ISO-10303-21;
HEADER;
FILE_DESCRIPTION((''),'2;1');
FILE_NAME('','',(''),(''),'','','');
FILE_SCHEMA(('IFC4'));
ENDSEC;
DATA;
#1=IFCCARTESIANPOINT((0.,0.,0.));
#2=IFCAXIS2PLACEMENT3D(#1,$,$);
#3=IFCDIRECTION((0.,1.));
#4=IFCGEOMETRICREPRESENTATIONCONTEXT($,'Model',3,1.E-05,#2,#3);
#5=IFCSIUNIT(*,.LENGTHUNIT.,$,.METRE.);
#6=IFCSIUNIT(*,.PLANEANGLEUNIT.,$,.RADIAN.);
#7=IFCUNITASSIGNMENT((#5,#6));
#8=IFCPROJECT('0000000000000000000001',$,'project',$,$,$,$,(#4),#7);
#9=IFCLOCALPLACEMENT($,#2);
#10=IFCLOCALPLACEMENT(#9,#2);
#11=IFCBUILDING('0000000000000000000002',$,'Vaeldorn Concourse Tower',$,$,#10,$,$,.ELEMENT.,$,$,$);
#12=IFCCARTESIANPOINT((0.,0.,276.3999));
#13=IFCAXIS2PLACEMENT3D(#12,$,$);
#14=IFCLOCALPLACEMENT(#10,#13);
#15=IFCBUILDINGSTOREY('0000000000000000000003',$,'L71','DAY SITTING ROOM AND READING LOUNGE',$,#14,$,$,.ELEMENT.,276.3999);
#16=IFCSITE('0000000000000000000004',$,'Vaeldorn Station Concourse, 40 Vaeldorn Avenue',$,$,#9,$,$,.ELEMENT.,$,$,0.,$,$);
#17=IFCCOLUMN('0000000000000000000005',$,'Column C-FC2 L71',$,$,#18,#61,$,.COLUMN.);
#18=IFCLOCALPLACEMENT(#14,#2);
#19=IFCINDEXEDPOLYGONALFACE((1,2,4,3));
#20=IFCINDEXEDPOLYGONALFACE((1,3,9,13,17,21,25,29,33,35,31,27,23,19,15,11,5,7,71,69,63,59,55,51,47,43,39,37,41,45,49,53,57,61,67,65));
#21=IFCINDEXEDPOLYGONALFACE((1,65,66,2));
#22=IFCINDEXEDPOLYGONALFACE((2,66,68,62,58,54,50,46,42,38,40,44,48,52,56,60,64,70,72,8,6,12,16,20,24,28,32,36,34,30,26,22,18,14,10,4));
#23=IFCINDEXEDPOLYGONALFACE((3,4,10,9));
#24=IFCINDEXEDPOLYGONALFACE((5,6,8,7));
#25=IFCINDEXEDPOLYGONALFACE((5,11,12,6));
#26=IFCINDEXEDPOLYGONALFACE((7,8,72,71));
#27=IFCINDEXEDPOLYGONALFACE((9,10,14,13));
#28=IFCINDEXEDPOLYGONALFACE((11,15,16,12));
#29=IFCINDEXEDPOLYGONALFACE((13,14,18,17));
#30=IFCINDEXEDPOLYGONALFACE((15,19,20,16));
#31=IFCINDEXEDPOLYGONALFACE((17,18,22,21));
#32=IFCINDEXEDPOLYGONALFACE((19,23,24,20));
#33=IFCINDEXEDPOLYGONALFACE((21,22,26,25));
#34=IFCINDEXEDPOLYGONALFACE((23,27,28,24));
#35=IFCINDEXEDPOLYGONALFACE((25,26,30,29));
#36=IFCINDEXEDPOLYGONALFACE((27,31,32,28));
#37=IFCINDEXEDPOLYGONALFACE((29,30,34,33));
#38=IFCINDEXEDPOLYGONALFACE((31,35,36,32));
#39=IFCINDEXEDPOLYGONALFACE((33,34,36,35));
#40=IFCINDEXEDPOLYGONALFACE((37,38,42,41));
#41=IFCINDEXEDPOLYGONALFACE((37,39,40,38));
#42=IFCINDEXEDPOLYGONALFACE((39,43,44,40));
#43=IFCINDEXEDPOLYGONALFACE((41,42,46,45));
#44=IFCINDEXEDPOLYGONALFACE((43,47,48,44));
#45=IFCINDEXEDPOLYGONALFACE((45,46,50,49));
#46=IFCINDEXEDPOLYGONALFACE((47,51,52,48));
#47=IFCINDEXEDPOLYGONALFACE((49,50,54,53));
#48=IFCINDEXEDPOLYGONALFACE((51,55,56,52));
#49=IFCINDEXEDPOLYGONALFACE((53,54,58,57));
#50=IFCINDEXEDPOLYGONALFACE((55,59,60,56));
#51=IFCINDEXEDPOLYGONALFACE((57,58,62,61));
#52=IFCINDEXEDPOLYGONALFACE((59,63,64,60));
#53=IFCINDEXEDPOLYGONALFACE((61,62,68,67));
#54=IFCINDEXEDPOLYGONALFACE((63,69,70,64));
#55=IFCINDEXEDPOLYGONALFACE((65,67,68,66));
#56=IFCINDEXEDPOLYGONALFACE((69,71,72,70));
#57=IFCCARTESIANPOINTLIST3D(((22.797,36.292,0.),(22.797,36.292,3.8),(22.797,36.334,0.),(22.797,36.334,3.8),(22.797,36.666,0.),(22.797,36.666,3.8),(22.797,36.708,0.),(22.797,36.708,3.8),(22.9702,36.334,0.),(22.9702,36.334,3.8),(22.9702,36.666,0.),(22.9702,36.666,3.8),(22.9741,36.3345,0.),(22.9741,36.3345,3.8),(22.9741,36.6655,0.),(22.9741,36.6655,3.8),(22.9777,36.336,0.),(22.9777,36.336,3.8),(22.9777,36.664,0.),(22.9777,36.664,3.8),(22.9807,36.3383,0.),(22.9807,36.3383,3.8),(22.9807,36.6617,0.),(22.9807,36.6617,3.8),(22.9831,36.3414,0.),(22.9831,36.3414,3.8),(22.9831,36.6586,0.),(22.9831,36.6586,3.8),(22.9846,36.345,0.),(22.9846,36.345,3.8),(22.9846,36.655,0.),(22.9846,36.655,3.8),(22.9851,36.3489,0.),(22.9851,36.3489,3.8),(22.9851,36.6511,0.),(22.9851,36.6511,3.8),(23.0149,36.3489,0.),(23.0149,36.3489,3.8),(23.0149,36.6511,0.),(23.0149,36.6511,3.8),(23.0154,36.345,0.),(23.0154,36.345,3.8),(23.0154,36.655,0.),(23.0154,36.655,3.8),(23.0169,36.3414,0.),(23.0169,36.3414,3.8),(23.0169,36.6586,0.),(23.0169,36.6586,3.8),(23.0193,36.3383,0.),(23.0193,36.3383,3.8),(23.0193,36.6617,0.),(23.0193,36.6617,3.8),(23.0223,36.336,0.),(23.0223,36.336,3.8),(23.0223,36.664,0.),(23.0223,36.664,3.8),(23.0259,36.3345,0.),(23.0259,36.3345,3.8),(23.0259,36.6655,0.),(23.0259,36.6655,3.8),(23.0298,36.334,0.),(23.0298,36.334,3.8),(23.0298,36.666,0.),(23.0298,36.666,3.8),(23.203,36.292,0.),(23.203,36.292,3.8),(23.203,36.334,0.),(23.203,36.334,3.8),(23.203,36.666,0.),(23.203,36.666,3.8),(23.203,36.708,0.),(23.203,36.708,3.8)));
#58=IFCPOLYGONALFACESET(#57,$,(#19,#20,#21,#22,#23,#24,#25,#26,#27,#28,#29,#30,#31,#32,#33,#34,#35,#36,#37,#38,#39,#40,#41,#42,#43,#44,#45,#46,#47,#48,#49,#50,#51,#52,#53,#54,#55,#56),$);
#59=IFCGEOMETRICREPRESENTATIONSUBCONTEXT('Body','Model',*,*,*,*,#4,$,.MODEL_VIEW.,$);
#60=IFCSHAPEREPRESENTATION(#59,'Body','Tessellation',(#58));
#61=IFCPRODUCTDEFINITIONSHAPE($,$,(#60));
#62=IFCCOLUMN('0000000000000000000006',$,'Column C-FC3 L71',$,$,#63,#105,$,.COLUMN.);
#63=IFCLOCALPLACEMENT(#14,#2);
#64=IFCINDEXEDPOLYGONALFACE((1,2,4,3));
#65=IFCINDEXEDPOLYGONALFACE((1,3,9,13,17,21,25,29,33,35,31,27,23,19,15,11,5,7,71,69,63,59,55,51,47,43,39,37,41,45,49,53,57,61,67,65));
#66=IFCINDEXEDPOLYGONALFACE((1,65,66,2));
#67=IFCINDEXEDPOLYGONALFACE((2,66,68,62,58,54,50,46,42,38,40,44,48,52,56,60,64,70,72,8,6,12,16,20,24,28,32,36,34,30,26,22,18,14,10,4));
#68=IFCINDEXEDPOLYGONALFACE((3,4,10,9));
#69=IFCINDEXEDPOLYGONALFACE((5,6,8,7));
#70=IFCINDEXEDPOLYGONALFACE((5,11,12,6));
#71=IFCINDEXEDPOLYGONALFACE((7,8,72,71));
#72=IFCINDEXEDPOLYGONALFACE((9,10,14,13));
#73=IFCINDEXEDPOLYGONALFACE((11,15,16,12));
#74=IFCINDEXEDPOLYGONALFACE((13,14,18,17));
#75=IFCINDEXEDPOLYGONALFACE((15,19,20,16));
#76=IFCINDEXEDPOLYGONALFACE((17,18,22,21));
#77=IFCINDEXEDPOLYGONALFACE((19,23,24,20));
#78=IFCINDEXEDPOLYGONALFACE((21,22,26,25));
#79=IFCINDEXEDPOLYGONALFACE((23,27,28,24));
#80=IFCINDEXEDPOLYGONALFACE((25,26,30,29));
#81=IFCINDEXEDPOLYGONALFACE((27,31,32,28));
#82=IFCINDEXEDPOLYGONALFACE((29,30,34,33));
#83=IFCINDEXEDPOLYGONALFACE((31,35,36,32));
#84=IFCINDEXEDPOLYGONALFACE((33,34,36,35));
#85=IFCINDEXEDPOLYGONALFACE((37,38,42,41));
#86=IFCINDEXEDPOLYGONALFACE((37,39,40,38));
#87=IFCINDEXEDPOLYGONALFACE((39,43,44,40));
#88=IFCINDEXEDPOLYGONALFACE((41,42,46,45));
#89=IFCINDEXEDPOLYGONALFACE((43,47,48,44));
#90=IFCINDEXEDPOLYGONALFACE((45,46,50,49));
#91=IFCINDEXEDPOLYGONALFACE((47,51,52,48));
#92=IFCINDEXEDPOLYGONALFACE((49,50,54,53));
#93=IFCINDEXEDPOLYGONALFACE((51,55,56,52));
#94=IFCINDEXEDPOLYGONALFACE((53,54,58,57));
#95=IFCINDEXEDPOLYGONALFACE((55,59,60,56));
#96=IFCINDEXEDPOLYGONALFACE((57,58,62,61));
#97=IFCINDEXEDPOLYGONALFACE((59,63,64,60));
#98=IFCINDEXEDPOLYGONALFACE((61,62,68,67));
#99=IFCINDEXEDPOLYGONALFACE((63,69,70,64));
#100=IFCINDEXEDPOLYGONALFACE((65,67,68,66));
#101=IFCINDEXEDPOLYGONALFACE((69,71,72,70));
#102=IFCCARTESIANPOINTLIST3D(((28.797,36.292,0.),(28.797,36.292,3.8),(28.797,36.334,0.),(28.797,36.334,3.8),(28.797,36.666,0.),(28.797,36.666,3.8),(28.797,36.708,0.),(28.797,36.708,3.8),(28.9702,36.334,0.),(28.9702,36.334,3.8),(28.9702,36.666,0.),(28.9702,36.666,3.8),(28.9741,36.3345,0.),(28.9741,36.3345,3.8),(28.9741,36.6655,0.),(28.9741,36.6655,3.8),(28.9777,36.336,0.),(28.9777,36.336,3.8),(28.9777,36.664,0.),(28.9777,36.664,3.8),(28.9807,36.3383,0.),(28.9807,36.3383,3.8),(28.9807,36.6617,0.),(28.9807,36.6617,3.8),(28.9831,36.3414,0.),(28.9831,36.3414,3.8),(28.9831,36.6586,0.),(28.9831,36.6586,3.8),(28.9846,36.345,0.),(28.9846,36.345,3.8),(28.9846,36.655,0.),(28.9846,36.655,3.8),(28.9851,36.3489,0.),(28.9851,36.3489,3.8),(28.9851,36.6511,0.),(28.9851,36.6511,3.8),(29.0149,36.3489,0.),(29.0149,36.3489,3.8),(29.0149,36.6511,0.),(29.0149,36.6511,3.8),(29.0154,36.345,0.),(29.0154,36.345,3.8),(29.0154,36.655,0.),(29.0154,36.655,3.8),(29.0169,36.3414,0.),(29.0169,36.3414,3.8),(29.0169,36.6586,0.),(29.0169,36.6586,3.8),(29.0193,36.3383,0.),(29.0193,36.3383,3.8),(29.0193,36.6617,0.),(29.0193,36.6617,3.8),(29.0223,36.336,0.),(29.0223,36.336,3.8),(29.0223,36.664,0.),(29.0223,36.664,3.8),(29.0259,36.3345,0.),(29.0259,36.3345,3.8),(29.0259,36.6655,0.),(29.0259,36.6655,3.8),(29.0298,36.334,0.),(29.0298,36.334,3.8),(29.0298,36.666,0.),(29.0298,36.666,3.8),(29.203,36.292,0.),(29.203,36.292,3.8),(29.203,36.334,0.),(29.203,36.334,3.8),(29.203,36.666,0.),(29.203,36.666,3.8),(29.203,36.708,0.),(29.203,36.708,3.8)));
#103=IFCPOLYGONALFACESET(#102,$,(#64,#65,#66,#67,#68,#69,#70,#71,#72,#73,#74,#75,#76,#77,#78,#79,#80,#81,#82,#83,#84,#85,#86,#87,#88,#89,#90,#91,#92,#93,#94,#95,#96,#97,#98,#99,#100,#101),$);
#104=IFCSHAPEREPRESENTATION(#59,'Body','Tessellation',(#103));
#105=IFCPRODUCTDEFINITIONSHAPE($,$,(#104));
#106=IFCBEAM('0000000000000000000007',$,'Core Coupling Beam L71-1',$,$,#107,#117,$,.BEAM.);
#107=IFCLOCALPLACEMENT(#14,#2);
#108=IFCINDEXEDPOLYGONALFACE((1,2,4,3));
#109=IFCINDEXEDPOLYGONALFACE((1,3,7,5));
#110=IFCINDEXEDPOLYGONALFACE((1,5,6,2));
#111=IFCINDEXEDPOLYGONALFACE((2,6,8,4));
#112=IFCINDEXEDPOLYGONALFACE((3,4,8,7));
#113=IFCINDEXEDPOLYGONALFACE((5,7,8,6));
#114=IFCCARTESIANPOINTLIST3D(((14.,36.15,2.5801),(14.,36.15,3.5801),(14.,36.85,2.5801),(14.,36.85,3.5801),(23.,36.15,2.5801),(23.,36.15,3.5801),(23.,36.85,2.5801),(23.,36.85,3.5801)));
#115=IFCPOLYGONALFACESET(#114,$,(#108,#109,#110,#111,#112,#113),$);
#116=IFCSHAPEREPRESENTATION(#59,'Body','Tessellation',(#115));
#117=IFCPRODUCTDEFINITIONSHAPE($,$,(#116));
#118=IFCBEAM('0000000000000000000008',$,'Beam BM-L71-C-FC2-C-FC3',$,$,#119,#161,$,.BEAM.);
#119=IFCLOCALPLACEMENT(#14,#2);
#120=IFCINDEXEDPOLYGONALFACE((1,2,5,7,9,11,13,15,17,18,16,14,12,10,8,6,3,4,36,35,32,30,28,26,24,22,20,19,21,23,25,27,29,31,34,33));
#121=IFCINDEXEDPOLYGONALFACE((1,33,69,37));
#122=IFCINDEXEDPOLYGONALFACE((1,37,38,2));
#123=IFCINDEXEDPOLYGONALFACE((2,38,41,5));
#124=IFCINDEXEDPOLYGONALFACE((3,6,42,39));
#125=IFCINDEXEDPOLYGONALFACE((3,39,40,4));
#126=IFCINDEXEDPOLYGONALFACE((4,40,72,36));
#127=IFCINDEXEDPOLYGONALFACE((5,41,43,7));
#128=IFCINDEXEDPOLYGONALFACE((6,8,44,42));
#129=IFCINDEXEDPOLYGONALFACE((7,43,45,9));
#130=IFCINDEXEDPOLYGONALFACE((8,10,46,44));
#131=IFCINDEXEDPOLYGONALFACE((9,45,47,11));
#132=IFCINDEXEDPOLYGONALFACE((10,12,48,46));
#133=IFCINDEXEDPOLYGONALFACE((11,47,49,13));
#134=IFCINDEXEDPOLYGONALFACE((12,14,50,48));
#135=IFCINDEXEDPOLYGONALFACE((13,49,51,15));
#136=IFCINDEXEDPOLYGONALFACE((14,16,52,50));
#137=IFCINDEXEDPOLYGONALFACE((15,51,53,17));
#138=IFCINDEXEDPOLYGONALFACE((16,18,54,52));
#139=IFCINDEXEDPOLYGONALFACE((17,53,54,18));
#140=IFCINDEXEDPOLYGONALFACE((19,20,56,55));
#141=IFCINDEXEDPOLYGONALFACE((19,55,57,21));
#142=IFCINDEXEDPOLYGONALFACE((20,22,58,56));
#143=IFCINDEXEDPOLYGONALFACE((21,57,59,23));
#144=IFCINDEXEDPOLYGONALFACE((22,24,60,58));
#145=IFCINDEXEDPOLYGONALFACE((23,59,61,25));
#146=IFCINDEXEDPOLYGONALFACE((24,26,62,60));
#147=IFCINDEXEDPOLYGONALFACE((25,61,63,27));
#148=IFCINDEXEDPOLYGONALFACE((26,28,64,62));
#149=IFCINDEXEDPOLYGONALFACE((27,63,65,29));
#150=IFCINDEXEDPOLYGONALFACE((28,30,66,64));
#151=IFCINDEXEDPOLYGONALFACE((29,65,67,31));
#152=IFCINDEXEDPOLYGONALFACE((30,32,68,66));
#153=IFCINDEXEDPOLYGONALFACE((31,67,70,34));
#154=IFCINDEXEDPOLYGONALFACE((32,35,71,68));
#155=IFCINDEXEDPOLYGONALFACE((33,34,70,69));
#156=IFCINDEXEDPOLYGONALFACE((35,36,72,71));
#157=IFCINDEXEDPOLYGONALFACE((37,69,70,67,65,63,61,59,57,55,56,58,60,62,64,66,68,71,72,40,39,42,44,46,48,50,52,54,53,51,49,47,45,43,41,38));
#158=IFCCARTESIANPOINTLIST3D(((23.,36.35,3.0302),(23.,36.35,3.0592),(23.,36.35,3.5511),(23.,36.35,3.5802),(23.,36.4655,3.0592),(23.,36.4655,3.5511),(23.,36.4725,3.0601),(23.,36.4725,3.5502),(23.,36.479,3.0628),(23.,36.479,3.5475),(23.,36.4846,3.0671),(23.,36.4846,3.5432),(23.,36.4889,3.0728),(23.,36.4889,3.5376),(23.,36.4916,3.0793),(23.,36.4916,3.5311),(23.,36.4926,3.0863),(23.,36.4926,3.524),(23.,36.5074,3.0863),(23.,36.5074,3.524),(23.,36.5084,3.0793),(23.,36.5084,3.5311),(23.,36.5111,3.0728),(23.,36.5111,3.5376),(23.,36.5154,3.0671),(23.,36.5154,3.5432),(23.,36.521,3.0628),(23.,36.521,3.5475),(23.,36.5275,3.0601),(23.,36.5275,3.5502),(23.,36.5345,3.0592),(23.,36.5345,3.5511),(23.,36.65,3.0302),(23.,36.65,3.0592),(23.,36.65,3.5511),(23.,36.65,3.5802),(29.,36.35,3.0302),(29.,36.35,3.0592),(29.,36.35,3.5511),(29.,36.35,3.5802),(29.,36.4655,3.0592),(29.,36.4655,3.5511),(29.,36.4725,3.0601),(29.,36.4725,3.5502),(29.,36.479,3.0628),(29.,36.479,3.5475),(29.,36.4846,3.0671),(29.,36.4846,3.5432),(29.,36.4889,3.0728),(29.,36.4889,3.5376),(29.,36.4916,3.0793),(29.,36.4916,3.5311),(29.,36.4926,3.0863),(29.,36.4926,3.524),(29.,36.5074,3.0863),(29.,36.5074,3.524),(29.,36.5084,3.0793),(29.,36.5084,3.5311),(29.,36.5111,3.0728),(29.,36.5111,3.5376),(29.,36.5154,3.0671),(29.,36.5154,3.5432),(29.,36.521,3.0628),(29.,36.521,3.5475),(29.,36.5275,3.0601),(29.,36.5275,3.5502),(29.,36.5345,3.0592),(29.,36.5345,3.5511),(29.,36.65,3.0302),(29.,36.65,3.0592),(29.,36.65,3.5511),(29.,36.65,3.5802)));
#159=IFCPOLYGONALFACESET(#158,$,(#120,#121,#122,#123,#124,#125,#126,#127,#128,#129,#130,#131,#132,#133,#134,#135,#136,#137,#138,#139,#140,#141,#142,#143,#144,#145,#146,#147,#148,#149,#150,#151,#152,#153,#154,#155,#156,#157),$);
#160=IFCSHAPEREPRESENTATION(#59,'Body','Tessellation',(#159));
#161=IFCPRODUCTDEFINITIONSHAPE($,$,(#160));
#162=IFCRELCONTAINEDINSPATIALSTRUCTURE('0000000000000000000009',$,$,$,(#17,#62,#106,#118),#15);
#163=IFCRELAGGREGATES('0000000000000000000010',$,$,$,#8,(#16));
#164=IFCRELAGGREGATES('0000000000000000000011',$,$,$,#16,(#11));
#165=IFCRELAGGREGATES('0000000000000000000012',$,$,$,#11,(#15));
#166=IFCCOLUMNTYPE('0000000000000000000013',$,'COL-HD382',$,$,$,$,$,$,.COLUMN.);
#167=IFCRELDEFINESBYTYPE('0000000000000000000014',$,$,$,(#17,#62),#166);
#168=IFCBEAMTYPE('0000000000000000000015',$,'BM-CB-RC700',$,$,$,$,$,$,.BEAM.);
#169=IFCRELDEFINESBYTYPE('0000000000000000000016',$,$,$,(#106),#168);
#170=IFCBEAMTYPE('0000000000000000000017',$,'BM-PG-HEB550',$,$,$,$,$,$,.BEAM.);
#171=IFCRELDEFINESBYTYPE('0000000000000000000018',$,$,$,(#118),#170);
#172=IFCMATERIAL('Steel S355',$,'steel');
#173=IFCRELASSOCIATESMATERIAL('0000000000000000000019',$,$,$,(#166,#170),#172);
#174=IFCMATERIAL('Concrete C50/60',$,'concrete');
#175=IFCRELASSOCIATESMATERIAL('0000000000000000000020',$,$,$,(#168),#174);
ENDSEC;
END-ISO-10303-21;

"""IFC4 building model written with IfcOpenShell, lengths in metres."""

from ifc_helpers import new_model, si_unit, direction, frame, origin, origin_2d, place, context, subcontext, project, spatial, rectangle, i_section, extrude, source, transform, mapped, material, material_profile, profile_set, type_object, element, save


model = new_model("IFC4")

# Units and contexts
model_context = context("Model", 3, precision=1e-05, world=origin(), true_north=direction((0.0, 1.0)))
body_context = subcontext(model_context, "Body", "Model", "MODEL_VIEW")
ifc_project = project(units=[si_unit("LENGTHUNIT", "METRE"), si_unit("PLANEANGLEUNIT", "RADIAN")], contexts=[model_context])

# Site, building, storey
site_placement = place(None, origin())
site = spatial("IfcSite", under=ifc_project, at=site_placement, Name="Vaeldorn Station Concourse, 40 Vaeldorn Avenue", CompositionType="ELEMENT", RefElevation=0.0)
building_placement = place(site_placement, origin())
building = spatial("IfcBuilding", under=site, at=building_placement, Name="Vaeldorn Concourse Tower", CompositionType="ELEMENT")
storey_placement = place(building_placement, frame((0.0, 0.0, 276.3999)))
storey = spatial("IfcBuildingStorey", under=building, at=storey_placement, Name="L71", Description="DAY SITTING ROOM AND READING LOUNGE", CompositionType="ELEMENT", Elevation=276.3999)

# Columns
ifc_material_1 = material(Name="Steel S355", Category="steel")
ifc_material_profile_1 = material_profile(ifc_material_1, i_section(OverallWidth=0.406, OverallDepth=0.416, WebThickness=0.0298, FlangeThickness=0.042, FilletRadius=0.0149, at=origin_2d()), Name="HD 400x382")
ifc_profile_set_1 = profile_set([ifc_material_profile_1], Name="Steel S355")
column_type = type_object("IfcColumnType", Name="COL-HD382", PredefinedType="COLUMN", material=ifc_profile_set_1)
shared_shape_1 = source(origin(), body_context, "Body", "SweptSolid", [
    extrude(i_section(OverallWidth=0.406, OverallDepth=0.416, WebThickness=0.0298, FlangeThickness=0.042, FilletRadius=0.0149, at=origin_2d()), origin(), (0.0, 0.0, 1.0), 3.8),
])
for number, where, z_axis, x_axis, name in (
    (1, (23.0, 36.5, 0.0), (0.0, 0.0, 1.0), (1.0, 0.0, 0.0), "Column C-FC2 L71"),
    (2, (29.0, 36.5, 0.0), (0.0, 0.0, 1.0), (1.0, 0.0, 0.0), "Column C-FC3 L71"),
):
    element("IfcColumn", number, at=place(storey_placement, frame(where, z_axis=z_axis, x_axis=x_axis)), inside=storey, type_object=column_type, Name=name, PredefinedType="COLUMN", context=body_context, shape_type="MappedRepresentation", body=[
        mapped(shared_shape_1, transform((0.0, 0.0, 0.0), scale=1.0)),
    ])

# Beams
ifc_material_2 = material(Name="Concrete C50/60", Category="concrete")
ifc_material_profile_2 = material_profile(ifc_material_2, rectangle(XDim=0.7, YDim=1.0, at=origin_2d()), Name="RC 700x1000")
ifc_profile_set_2 = profile_set([ifc_material_profile_2], Name="Concrete C50/60")
beam_type_1 = type_object("IfcBeamType", Name="BM-CB-RC700", PredefinedType="BEAM", material=ifc_profile_set_2)
shared_shape_2 = source(origin(), body_context, "Body", "SweptSolid", [
    extrude(rectangle(XDim=0.7, YDim=1.0, at=origin_2d()), origin(), (0.0, 0.0, 1.0), 9.0),
])
beam_1_placement = place(storey_placement, frame((14.0, 36.5, 3.0801), z_axis=(1.0, 0.0, 0.0), x_axis=(0.0, 1.0, 0.0)))
element("IfcBeam", 3, at=beam_1_placement, inside=storey, type_object=beam_type_1, Name="Core Coupling Beam L71-1", PredefinedType="BEAM", context=body_context, shape_type="MappedRepresentation", body=[
    mapped(shared_shape_2, transform((0.0, 0.0, 0.0), scale=1.0)),
])
ifc_material_profile_3 = material_profile(ifc_material_1, i_section(OverallWidth=0.3, OverallDepth=0.55, WebThickness=0.0149, FlangeThickness=0.0291, FilletRadius=0.0271, at=origin_2d()), Name="HEB 550")
ifc_profile_set_3 = profile_set([ifc_material_profile_3], Name="Steel S355")
beam_type_2 = type_object("IfcBeamType", Name="BM-PG-HEB550", PredefinedType="BEAM", material=ifc_profile_set_3)
shared_shape_3 = source(origin(), body_context, "Body", "SweptSolid", [
    extrude(i_section(OverallWidth=0.3, OverallDepth=0.55, WebThickness=0.0149, FlangeThickness=0.0291, FilletRadius=0.0271, at=origin_2d()), origin(), (0.0, 0.0, 1.0), 6.0),
])
beam_2_placement = place(storey_placement, frame((23.0, 36.5, 3.3052), z_axis=(1.0, 0.0, 0.0), x_axis=(0.0, 1.0, 0.0)))
element("IfcBeam", 4, at=beam_2_placement, inside=storey, type_object=beam_type_2, Name="Beam BM-L71-C-FC2-C-FC3", PredefinedType="BEAM", context=body_context, shape_type="MappedRepresentation", body=[
    mapped(shared_shape_3, transform((0.0, 0.0, 0.0), scale=1.0)),
])

save(model, "model.ifc")
